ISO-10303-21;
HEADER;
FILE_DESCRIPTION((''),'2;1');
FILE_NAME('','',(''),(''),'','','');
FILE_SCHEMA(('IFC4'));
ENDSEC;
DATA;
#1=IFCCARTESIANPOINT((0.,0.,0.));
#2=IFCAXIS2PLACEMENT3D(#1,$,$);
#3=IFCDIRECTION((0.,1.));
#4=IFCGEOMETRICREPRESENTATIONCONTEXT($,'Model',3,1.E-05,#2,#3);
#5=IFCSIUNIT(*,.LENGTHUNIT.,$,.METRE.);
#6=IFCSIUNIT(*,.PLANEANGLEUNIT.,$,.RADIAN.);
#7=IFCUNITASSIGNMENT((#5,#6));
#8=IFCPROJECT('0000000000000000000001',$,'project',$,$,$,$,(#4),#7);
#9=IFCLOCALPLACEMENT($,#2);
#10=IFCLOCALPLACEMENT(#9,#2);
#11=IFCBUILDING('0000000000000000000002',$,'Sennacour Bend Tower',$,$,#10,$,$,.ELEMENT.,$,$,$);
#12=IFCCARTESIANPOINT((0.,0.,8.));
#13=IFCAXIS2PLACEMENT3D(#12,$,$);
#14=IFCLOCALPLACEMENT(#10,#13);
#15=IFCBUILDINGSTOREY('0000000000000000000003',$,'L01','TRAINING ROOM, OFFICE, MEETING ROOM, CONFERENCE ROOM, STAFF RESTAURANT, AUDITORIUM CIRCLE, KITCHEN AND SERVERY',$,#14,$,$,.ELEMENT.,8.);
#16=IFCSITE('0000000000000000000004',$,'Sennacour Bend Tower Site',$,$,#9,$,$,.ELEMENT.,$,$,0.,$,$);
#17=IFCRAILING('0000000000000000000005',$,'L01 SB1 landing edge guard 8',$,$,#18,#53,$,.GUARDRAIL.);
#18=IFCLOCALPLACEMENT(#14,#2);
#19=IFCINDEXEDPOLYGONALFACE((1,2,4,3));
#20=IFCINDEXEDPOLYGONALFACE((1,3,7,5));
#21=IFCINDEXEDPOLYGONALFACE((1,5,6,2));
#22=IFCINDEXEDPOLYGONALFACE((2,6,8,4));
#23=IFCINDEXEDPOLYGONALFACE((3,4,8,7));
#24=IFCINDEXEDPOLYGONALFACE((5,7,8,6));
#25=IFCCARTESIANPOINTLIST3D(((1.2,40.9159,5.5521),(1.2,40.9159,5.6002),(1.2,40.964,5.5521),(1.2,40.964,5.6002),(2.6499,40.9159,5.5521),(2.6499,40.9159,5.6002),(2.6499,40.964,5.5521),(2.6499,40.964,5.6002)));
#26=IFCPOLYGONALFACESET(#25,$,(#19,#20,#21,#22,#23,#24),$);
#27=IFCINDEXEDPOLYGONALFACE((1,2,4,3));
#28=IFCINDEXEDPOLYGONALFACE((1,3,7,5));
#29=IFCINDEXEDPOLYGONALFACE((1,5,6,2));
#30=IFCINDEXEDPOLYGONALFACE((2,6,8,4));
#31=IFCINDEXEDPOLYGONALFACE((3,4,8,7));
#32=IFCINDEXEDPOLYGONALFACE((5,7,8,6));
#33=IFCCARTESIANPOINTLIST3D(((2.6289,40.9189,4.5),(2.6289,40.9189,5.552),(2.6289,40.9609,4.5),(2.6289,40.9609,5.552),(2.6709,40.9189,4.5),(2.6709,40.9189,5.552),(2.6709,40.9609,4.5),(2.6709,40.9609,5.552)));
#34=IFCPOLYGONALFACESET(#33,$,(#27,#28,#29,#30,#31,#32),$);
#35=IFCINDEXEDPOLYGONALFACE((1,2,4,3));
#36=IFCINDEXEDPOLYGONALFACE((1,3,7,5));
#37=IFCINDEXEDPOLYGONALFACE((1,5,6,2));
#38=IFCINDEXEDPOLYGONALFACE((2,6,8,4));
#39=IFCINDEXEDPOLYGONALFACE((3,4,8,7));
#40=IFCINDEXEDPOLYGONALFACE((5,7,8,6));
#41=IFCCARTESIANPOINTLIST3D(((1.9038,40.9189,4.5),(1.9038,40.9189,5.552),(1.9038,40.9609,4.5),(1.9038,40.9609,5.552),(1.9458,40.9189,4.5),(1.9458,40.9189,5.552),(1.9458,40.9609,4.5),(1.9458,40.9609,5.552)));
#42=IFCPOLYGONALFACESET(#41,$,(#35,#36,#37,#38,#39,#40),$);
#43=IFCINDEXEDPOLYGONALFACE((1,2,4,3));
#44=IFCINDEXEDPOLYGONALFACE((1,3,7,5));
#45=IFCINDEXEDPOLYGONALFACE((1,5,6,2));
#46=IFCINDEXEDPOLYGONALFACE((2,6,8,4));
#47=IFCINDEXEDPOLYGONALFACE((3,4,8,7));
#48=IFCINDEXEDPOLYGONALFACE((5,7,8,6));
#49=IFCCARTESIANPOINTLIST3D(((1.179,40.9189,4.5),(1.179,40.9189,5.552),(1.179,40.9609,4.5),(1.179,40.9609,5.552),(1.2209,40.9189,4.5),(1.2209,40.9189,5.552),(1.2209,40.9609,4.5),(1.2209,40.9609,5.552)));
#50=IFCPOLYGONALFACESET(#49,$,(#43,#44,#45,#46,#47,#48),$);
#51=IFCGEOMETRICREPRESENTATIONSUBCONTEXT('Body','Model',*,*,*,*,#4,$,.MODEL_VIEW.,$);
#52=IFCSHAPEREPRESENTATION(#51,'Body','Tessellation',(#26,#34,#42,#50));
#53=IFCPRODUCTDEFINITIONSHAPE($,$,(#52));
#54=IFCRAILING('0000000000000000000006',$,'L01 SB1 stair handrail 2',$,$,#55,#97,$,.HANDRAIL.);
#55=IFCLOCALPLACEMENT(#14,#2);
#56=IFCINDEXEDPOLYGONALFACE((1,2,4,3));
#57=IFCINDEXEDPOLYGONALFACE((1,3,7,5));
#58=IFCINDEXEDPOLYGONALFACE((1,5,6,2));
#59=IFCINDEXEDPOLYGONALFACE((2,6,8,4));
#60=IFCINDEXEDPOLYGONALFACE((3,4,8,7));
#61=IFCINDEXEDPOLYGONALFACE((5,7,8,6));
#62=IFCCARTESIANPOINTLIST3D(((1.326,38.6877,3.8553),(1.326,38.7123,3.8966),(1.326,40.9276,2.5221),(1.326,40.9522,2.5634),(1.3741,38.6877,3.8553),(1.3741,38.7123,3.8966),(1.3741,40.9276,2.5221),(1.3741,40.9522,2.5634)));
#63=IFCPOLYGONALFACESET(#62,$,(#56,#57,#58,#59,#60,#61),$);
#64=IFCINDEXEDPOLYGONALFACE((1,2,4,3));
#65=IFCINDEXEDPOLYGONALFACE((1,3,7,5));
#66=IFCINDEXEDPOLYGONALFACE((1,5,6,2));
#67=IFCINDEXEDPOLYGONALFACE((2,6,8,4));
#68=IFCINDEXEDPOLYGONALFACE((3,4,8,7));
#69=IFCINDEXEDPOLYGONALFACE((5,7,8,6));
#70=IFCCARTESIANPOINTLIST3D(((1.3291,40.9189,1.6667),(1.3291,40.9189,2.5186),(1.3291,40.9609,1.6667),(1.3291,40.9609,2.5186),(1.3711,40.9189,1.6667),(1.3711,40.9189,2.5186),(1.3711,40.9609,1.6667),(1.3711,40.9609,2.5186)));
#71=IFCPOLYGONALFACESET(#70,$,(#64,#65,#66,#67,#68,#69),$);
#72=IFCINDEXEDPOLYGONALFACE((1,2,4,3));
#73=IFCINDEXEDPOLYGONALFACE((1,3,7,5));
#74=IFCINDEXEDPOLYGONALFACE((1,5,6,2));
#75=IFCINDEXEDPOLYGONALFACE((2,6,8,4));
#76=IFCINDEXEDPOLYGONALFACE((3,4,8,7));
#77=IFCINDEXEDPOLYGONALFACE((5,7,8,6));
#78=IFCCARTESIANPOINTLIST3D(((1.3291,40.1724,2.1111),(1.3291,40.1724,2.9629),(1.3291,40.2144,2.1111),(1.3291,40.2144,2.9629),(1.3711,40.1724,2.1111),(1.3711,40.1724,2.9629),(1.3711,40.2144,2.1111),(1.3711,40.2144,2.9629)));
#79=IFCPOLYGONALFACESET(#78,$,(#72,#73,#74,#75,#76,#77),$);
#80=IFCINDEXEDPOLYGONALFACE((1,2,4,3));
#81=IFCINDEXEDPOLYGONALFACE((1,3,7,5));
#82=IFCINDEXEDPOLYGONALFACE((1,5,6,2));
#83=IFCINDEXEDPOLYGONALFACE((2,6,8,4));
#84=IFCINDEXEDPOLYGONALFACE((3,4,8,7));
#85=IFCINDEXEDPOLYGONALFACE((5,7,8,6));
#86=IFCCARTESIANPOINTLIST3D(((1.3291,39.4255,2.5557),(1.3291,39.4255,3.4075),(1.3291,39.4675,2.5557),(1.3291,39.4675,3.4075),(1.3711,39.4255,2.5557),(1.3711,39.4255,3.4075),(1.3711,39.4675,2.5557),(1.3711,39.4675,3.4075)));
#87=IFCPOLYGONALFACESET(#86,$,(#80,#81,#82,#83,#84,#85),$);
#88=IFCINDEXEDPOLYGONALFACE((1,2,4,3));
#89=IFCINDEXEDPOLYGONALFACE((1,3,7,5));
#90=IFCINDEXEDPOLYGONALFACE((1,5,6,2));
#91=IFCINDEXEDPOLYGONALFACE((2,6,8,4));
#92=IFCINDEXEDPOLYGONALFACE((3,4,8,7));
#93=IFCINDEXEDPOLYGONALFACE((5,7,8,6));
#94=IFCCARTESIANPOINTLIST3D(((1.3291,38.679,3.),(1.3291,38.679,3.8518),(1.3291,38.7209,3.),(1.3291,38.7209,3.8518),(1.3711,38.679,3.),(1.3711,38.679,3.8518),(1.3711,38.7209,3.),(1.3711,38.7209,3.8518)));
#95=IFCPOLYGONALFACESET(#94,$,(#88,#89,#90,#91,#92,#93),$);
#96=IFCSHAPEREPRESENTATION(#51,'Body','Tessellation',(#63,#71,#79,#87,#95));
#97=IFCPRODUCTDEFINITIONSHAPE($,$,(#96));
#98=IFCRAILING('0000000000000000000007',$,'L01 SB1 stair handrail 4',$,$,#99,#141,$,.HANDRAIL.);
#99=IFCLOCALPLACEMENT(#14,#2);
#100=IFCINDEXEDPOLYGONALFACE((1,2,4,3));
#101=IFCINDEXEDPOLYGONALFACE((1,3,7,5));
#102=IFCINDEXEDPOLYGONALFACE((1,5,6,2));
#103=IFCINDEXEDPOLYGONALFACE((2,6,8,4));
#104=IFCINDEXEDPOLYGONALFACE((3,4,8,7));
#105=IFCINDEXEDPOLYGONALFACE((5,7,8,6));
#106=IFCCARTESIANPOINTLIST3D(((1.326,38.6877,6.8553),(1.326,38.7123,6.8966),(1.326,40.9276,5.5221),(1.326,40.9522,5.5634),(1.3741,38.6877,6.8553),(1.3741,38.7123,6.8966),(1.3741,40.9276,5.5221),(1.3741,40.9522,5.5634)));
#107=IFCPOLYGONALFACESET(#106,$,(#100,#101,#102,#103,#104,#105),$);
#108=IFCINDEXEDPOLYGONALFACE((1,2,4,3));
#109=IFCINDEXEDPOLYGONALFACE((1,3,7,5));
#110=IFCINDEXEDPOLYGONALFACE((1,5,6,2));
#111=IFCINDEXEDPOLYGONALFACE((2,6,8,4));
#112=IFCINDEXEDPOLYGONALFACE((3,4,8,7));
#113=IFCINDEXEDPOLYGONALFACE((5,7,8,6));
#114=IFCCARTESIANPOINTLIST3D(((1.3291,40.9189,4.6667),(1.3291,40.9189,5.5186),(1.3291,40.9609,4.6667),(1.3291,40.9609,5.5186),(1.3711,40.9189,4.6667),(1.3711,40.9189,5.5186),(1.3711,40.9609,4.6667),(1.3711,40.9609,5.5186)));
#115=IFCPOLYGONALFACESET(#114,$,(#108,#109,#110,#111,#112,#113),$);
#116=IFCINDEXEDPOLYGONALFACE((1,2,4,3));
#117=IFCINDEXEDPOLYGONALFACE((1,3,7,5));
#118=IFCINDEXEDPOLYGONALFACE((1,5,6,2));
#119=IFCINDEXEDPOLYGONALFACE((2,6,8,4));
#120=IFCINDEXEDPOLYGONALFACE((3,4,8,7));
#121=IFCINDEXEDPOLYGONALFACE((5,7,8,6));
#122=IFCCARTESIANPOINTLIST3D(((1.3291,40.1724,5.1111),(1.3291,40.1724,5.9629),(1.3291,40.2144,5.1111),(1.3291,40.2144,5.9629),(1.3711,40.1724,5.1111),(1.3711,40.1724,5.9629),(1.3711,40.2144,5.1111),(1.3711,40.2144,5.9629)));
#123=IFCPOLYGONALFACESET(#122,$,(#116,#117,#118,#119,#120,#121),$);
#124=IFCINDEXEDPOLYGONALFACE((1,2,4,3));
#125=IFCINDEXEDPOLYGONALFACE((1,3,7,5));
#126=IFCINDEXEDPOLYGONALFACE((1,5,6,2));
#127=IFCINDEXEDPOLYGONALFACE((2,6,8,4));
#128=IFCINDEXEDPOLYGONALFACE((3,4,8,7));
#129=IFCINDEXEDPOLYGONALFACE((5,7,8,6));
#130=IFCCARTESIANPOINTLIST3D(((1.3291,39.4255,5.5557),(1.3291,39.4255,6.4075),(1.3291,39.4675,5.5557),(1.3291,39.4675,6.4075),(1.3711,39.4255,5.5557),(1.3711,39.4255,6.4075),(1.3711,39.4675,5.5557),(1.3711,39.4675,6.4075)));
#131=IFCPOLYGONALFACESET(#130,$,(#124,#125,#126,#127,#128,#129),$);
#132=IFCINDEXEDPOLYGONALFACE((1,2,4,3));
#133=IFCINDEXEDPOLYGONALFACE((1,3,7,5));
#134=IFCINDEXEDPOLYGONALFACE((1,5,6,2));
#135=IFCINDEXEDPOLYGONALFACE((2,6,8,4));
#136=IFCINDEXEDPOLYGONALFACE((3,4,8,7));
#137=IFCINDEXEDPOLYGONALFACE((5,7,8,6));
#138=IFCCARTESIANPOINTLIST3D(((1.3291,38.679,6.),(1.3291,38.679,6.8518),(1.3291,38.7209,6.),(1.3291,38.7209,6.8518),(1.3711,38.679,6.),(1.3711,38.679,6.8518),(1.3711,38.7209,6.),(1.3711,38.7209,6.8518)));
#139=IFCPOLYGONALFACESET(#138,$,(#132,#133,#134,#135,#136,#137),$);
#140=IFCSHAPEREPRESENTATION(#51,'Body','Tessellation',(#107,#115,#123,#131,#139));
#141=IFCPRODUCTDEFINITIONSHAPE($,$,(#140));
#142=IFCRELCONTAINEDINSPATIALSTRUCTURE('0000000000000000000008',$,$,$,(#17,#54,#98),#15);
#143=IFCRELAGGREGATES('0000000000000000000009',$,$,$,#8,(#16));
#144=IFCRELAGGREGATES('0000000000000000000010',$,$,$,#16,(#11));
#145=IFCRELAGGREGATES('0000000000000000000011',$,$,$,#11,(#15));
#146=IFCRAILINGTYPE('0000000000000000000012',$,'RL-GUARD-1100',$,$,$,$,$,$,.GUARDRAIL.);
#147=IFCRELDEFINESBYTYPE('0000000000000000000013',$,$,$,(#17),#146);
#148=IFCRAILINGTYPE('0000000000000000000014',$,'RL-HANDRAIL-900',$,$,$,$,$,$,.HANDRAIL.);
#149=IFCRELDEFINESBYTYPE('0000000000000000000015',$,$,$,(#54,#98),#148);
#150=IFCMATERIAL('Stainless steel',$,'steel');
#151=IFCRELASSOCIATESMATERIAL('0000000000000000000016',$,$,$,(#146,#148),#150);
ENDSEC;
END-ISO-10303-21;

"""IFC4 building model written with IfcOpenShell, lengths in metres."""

from ifc_helpers import new_model, si_unit, direction, frame, origin, origin_2d, place, context, subcontext, project, spatial, rectangle, extrude, material, type_object, element, save


model = new_model("IFC4")

# Units and contexts
model_context = context("Model", 3, precision=1e-05, world=origin(), true_north=direction((0.0, 1.0)))
body_context = subcontext(model_context, "Body", "Model", "MODEL_VIEW")
ifc_project = project(units=[si_unit("LENGTHUNIT", "METRE"), si_unit("PLANEANGLEUNIT", "RADIAN")], contexts=[model_context])

# Site, building, storey
site_placement = place(None, origin())
site = spatial("IfcSite", under=ifc_project, at=site_placement, Name="Sennacour Bend Tower Site", CompositionType="ELEMENT", RefElevation=0.0)
building_placement = place(site_placement, origin())
building = spatial("IfcBuilding", under=site, at=building_placement, Name="Sennacour Bend Tower", CompositionType="ELEMENT")
storey_placement = place(building_placement, frame((0.0, 0.0, 8.0)))
storey = spatial("IfcBuildingStorey", under=building, at=storey_placement, Name="L01", Description="TRAINING ROOM, OFFICE, MEETING ROOM, CONFERENCE ROOM, STAFF RESTAURANT, AUDITORIUM CIRCLE, KITCHEN AND SERVERY", CompositionType="ELEMENT", Elevation=8.0)

# Railings
ifc_material_1 = material(Name="Stainless steel", Category="steel")
railing_type_1 = type_object("IfcRailingType", Name="RL-GUARD-1100", PredefinedType="GUARDRAIL", material=ifc_material_1)
for number, where, name in (
    (1, (2.6499, 40.9399, 4.5), "L01 SB1 landing edge guard 8"),
):
    element("IfcRailing", number, at=place(storey_placement, frame(where)), inside=storey, type_object=railing_type_1, Name=name, PredefinedType="GUARDRAIL", context=body_context, shape_type="SweptSolid", body=[
        extrude(rectangle(XDim=0.0481, YDim=0.0481, at=origin_2d()), frame((0.0, 0.0, 1.0762), z_axis=(-1.0, 0.0, 0.0), x_axis=(0.0, -1.0, 0.0)), (0.0, 0.0, 1.0), 1.45),
        extrude(rectangle(XDim=0.042, YDim=0.042, at=origin_2d()), origin(), (0.0, 0.0, 1.0), 1.052),
        extrude(rectangle(XDim=0.042, YDim=0.042, at=origin_2d()), frame((-0.7251, 0.0, 0.0)), (0.0, 0.0, 1.0), 1.052),
        extrude(rectangle(XDim=0.042, YDim=0.042, at=origin_2d()), frame((-1.45, 0.0, 0.0)), (0.0, 0.0, 1.0), 1.052),
    ])
railing_type_2 = type_object("IfcRailingType", Name="RL-HANDRAIL-900", PredefinedType="HANDRAIL", material=ifc_material_1)
for number, where, name in (
    (2, (1.3501, 40.9399, 1.6667), "L01 SB1 stair handrail 2"),
    (3, (1.3501, 40.9399, 4.6667), "L01 SB1 stair handrail 4"),
):
    element("IfcRailing", number, at=place(storey_placement, frame(where)), inside=storey, type_object=railing_type_2, Name=name, PredefinedType="HANDRAIL", context=body_context, shape_type="SweptSolid", body=[
        extrude(rectangle(XDim=0.0481, YDim=0.0481, at=origin_2d()), frame((0.0, 0.0, 0.876), z_axis=(0.0, -0.859306, 0.511462), x_axis=(1.0, 0.0, 0.0)), (0.0, 0.0, 1.0), 2.6067),
        extrude(rectangle(XDim=0.042, YDim=0.042, at=origin_2d()), origin(), (0.0, 0.0, 1.0), 0.8518),
        extrude(rectangle(XDim=0.042, YDim=0.042, at=origin_2d()), frame((0.0, -0.7466, 0.4443)), (0.0, 0.0, 1.0), 0.8518),
        extrude(rectangle(XDim=0.042, YDim=0.042, at=origin_2d()), frame((0.0, -1.4934, 0.8889)), (0.0, 0.0, 1.0), 0.8518),
        extrude(rectangle(XDim=0.042, YDim=0.042, at=origin_2d()), frame((0.0, -2.24, 1.3333)), (0.0, 0.0, 1.0), 0.8518),
    ])

save(model, "model.ifc")
